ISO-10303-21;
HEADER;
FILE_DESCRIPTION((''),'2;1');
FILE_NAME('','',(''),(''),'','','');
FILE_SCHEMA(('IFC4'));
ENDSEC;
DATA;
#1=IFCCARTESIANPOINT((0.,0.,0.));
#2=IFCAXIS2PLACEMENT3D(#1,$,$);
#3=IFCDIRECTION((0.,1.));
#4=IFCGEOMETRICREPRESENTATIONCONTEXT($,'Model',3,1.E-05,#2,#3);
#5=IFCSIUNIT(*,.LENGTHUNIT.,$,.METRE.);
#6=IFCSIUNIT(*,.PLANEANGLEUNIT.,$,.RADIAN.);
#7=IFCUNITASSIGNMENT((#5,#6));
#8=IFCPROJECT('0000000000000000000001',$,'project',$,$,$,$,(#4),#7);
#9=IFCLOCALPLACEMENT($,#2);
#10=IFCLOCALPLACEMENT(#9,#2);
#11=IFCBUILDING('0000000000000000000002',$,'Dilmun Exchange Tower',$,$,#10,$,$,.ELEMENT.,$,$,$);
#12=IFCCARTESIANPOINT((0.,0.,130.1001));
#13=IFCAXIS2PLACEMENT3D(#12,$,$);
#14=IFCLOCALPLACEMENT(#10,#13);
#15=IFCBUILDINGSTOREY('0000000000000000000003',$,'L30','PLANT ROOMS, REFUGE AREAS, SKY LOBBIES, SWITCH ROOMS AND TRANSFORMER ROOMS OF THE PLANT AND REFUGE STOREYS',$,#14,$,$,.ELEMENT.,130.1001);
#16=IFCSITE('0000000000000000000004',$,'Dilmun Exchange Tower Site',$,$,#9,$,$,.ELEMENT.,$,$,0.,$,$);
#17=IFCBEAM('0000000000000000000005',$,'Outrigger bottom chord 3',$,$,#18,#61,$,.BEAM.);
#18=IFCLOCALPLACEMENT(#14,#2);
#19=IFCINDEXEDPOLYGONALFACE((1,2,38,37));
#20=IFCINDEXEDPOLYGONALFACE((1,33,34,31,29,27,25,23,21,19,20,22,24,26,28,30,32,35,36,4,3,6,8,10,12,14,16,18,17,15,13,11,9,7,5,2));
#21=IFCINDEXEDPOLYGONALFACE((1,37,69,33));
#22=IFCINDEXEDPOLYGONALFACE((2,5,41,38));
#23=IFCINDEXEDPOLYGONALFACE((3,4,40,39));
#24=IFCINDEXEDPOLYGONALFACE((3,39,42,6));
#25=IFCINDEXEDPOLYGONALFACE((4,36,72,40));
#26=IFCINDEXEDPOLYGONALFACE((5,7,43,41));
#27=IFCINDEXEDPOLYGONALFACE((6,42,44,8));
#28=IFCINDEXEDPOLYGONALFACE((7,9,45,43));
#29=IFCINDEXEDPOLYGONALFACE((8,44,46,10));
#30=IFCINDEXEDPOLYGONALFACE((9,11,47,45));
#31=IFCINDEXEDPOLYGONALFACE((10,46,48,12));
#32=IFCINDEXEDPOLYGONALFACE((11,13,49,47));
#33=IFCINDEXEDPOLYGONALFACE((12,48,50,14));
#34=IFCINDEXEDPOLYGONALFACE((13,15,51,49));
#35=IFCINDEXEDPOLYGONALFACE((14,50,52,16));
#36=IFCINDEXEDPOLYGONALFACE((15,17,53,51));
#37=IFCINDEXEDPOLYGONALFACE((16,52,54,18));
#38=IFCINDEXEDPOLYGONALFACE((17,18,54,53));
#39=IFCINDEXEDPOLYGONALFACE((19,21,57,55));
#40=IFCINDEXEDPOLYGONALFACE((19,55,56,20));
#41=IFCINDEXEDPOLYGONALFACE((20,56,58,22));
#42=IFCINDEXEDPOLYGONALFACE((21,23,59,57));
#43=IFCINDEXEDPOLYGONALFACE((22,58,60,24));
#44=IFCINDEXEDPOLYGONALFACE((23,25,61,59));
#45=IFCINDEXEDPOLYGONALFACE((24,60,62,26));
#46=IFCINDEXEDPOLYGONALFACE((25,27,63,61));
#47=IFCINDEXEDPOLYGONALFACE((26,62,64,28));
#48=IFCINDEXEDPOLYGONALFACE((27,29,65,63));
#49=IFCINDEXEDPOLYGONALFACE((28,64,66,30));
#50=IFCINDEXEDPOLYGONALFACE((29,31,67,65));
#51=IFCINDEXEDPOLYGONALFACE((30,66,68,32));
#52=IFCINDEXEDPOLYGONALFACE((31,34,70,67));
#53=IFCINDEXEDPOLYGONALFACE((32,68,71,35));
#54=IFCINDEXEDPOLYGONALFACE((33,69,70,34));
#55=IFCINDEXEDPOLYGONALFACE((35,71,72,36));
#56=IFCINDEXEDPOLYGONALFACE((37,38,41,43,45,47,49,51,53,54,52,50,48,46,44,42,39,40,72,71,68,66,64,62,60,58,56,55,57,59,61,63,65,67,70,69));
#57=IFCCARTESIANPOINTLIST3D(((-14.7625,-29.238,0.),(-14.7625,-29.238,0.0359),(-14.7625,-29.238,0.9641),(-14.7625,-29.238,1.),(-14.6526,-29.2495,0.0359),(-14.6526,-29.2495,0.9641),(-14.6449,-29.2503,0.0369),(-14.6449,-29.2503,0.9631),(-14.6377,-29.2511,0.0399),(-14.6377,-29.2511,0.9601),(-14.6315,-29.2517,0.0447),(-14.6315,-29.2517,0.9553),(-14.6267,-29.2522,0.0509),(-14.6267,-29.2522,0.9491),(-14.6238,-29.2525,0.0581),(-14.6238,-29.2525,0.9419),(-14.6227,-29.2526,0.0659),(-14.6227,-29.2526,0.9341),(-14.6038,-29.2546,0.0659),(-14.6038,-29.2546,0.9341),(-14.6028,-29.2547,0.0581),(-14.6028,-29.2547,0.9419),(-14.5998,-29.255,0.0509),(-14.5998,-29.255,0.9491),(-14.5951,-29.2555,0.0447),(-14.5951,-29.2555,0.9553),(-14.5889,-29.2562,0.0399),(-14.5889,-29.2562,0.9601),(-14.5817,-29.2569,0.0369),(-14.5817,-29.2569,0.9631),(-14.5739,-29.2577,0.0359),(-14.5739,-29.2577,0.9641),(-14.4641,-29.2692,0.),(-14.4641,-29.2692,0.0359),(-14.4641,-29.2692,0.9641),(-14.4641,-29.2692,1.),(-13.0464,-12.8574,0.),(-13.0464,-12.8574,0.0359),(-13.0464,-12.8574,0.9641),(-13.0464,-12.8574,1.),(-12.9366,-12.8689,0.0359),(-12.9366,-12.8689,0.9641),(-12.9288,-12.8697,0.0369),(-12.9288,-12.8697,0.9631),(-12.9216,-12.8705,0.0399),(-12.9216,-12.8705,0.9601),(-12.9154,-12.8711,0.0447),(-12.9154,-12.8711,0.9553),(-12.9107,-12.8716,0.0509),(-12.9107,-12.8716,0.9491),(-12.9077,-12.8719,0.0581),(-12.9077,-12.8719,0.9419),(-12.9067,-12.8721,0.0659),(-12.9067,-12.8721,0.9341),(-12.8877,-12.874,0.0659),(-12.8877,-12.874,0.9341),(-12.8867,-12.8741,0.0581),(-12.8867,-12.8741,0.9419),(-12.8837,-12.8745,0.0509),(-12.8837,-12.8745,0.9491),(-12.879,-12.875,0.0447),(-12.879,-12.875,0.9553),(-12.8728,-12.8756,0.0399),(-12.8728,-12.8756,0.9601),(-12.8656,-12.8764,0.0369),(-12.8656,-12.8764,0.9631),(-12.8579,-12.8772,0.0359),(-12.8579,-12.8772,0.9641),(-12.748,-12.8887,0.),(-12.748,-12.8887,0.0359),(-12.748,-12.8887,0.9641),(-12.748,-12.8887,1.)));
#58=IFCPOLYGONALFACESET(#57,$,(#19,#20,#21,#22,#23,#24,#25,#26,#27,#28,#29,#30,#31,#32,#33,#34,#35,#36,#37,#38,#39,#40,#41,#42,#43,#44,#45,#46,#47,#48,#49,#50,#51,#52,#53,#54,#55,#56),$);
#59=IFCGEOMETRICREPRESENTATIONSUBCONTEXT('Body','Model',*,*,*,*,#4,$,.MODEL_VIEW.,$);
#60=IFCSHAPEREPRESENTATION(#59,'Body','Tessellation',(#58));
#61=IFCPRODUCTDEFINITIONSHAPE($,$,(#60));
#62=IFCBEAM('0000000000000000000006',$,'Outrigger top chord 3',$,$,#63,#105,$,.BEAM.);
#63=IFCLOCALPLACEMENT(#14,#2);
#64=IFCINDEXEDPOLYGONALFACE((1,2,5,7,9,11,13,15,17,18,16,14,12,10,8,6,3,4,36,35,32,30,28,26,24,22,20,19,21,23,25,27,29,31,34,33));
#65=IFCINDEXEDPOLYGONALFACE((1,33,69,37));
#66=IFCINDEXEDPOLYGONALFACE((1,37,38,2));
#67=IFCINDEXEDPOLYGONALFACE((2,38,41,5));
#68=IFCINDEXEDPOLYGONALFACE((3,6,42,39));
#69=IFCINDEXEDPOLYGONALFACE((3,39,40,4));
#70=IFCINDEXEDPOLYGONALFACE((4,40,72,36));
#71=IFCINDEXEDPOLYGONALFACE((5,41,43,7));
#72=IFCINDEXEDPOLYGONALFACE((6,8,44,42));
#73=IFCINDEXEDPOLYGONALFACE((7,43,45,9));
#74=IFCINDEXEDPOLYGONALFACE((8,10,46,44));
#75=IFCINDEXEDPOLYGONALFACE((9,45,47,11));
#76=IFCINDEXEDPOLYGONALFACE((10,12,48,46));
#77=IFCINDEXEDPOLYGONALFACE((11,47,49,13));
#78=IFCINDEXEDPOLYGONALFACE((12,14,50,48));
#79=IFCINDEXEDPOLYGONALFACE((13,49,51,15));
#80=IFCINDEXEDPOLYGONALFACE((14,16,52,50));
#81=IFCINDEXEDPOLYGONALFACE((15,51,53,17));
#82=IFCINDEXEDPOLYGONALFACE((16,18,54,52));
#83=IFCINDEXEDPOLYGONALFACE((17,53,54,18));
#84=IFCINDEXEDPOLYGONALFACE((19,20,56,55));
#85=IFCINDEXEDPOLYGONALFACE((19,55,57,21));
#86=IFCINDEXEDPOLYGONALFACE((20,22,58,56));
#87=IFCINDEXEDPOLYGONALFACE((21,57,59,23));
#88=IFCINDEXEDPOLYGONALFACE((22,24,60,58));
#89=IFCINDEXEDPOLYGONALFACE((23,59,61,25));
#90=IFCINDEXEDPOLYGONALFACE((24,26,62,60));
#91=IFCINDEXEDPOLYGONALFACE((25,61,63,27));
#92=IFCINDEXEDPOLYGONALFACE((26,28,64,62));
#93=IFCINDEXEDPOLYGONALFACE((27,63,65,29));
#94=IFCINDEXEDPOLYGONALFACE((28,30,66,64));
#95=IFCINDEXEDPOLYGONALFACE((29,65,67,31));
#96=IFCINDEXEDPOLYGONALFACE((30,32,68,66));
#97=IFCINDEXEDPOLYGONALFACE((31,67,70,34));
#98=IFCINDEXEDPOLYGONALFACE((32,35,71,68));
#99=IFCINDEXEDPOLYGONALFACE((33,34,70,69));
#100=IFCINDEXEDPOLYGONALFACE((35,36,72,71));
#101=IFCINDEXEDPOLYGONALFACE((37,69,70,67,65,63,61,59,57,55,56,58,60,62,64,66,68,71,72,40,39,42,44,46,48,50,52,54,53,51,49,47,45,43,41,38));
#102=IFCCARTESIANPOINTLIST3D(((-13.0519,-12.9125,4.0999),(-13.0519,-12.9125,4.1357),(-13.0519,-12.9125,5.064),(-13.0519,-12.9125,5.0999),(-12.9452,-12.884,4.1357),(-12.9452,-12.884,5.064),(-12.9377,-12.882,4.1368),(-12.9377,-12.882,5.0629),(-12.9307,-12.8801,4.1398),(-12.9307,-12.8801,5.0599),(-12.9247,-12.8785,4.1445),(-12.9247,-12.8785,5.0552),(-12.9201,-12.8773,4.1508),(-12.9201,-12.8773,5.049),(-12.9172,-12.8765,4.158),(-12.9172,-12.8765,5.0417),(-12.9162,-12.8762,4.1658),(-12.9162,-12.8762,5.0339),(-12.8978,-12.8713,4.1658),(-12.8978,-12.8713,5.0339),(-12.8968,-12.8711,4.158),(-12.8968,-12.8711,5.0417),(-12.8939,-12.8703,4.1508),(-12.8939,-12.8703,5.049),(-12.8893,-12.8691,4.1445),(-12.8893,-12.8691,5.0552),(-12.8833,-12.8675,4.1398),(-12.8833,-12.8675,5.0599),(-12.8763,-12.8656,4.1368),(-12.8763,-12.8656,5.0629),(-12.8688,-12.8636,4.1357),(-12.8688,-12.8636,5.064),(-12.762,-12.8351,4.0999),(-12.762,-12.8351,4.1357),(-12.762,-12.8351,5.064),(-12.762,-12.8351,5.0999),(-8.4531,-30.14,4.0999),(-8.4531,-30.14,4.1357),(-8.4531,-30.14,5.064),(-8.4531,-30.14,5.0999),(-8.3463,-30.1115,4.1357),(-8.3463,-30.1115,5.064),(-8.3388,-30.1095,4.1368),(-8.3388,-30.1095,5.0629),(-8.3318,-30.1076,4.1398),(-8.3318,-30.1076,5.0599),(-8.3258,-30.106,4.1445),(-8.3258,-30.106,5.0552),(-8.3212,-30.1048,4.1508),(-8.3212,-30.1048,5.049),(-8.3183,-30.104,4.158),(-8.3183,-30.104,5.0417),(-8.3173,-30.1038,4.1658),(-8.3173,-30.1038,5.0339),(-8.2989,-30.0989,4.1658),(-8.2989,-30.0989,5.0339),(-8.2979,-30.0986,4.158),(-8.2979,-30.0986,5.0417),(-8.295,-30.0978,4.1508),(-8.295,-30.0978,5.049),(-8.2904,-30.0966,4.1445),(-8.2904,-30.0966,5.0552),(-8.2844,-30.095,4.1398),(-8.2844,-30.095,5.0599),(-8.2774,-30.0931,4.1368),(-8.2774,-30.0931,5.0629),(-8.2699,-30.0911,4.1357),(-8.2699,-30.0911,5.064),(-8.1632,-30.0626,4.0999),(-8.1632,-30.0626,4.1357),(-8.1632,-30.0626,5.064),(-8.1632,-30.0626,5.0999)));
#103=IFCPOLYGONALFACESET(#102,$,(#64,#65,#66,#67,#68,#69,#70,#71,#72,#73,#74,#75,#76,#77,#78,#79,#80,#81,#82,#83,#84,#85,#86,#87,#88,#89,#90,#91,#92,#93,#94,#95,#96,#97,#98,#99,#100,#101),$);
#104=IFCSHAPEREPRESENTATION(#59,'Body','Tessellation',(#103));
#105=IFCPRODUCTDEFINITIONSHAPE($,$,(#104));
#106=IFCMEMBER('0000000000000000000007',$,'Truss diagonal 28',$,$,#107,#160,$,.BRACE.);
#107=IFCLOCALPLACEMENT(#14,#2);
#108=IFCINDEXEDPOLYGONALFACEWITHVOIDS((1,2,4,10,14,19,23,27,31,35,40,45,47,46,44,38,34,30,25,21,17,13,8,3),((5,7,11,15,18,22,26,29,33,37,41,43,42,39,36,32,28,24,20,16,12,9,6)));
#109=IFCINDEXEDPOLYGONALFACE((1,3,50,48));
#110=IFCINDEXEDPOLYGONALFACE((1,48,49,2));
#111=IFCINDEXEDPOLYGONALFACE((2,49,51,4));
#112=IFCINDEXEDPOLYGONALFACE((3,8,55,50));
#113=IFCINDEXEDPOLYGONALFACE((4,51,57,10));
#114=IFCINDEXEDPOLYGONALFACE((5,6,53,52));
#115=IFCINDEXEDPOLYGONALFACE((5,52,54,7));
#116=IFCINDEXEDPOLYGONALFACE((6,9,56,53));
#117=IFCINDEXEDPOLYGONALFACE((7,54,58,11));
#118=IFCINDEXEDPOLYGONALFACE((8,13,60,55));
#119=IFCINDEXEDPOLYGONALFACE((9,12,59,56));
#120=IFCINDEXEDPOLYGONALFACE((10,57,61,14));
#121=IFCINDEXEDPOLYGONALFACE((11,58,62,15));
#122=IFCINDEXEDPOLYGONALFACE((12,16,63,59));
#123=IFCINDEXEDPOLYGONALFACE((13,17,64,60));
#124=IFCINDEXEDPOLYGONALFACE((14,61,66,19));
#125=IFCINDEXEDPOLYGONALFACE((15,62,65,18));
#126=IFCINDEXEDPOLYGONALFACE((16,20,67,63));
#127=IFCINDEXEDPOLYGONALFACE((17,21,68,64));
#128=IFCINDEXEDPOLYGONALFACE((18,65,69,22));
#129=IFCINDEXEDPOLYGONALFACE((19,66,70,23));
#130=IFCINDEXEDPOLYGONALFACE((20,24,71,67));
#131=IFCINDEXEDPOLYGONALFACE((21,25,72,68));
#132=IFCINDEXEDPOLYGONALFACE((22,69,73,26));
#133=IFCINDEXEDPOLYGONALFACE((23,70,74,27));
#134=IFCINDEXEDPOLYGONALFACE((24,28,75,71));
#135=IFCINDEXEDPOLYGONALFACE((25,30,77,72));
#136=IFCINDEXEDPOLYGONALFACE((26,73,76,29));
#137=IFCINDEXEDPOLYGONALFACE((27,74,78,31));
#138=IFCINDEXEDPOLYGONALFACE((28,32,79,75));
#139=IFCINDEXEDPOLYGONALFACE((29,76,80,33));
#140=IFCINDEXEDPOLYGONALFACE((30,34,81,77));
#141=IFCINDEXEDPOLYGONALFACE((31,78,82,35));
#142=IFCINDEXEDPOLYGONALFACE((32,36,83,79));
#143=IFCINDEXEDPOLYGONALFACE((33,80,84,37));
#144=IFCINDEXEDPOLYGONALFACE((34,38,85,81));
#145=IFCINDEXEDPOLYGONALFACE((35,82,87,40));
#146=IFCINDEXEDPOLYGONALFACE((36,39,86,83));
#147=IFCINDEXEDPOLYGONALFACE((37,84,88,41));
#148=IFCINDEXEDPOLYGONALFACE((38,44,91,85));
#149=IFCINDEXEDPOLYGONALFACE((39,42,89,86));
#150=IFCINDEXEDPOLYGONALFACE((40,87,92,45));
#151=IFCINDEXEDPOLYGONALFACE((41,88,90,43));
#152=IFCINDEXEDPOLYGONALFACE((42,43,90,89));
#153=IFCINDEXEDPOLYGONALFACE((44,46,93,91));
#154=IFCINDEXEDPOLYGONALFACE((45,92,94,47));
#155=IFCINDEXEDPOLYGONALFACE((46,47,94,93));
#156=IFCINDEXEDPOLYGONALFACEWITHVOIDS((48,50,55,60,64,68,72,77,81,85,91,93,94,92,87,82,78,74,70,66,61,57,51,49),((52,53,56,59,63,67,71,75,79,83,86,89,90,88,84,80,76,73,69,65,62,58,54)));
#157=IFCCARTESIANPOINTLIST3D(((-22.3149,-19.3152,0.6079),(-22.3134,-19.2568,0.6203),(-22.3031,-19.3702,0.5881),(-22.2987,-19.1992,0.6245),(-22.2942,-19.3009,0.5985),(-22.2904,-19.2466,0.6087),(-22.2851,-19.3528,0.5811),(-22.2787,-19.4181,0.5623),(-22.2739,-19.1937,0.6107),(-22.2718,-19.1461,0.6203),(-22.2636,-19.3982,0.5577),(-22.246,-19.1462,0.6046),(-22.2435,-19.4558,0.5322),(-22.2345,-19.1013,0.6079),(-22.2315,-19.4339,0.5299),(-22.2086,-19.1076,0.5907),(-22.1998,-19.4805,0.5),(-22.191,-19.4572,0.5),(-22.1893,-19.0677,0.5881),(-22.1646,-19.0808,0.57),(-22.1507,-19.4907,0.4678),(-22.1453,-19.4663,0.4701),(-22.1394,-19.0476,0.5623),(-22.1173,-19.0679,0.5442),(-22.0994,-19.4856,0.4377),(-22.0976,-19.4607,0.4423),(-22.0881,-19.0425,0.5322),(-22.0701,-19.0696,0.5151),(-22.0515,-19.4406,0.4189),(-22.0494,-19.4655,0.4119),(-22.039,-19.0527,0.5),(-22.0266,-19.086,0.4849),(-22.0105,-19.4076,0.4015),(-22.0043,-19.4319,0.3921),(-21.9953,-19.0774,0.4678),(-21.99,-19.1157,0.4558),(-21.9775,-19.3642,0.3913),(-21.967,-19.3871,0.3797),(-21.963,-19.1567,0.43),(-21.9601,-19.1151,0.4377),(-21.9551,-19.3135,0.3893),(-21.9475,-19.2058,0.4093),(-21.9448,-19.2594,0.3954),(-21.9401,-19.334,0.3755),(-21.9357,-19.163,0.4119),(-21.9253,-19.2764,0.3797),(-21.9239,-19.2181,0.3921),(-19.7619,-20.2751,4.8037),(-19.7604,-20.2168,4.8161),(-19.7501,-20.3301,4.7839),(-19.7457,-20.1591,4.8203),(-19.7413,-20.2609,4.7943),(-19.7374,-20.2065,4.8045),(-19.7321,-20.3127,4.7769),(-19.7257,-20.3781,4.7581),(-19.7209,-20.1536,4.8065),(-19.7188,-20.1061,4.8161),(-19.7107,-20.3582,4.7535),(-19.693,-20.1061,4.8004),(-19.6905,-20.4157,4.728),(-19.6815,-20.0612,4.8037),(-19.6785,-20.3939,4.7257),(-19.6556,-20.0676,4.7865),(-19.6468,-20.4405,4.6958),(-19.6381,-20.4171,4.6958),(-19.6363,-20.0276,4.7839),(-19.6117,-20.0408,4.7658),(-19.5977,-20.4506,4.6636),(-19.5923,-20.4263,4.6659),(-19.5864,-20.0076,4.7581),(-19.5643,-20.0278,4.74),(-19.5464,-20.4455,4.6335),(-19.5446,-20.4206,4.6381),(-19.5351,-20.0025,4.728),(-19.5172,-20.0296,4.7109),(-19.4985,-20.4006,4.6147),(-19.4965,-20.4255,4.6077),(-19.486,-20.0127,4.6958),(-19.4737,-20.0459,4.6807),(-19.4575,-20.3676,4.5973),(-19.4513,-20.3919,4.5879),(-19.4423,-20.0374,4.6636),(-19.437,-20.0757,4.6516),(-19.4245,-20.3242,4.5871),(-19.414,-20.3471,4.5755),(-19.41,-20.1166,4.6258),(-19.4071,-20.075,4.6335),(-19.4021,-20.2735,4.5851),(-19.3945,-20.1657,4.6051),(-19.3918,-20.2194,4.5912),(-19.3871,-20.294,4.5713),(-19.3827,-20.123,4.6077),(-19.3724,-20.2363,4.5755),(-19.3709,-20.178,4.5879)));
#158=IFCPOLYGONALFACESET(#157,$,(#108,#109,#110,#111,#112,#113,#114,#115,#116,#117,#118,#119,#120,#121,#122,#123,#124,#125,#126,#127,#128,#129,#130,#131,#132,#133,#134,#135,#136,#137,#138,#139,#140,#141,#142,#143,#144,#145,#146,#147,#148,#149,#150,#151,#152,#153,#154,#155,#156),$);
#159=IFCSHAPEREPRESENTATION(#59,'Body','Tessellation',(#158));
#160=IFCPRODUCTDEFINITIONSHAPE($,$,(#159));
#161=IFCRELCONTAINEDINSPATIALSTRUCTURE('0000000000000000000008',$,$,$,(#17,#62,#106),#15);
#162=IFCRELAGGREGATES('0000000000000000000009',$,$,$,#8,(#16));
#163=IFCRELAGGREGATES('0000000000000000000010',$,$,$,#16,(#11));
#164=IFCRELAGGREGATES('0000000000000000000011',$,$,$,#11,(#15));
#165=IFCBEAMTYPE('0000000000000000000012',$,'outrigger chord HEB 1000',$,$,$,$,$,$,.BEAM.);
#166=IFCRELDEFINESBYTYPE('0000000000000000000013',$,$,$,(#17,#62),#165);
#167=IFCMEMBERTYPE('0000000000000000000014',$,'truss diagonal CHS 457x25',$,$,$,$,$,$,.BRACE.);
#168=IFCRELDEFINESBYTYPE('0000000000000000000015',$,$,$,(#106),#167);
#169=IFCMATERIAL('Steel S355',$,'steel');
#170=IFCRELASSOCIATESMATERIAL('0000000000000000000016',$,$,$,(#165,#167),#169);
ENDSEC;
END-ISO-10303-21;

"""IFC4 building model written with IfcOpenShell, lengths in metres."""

from ifc_helpers import new_model, si_unit, direction, frame, origin, origin_2d, place, context, subcontext, project, spatial, hollow_circle, i_section, extrude, material, material_profile, profile_set, type_object, element, save


model = new_model("IFC4")

# Units and contexts
model_context = context("Model", 3, precision=1e-05, world=origin(), true_north=direction((0.0, 1.0)))
body_context = subcontext(model_context, "Body", "Model", "MODEL_VIEW")
ifc_project = project(units=[si_unit("LENGTHUNIT", "METRE"), si_unit("PLANEANGLEUNIT", "RADIAN")], contexts=[model_context])

# Site, building, storey
site_placement = place(None, origin())
site = spatial("IfcSite", under=ifc_project, at=site_placement, Name="Dilmun Exchange Tower Site", CompositionType="ELEMENT", RefElevation=0.0)
building_placement = place(site_placement, origin())
building = spatial("IfcBuilding", under=site, at=building_placement, Name="Dilmun Exchange Tower", CompositionType="ELEMENT")
storey_placement = place(building_placement, frame((0.0, 0.0, 130.1001)))
storey = spatial("IfcBuildingStorey", under=building, at=storey_placement, Name="L30", Description="PLANT ROOMS, REFUGE AREAS, SKY LOBBIES, SWITCH ROOMS AND TRANSFORMER ROOMS OF THE PLANT AND REFUGE STOREYS", CompositionType="ELEMENT", Elevation=130.1001)

# Beams
ifc_material_1 = material(Name="Steel S355", Category="steel")
ifc_material_profile_1 = material_profile(ifc_material_1, i_section(OverallWidth=0.3, OverallDepth=1.0, WebThickness=0.019, FlangeThickness=0.0359, FilletRadius=0.03, at=origin_2d()), Name="HEB 1000")
ifc_profile_set_1 = profile_set([ifc_material_profile_1], Name="Steel S355")
beam_type = type_object("IfcBeamType", Name="outrigger chord HEB 1000", PredefinedType="BEAM", material=ifc_profile_set_1)
beam_1_placement = place(storey_placement, frame((-12.8972, -12.873, 0.5), z_axis=(-0.104192, -0.994557, 0.0), x_axis=(0.994557, -0.104192, 0.0)))
element("IfcBeam", 1, at=beam_1_placement, inside=storey, type_object=beam_type, Name="Outrigger bottom chord 3", PredefinedType="BEAM", context=body_context, shape_type="SweptSolid", body=[
    extrude(i_section(OverallWidth=0.3, OverallDepth=1.0, WebThickness=0.019, FlangeThickness=0.0359, FilletRadius=0.03, at=origin_2d()), origin(), (0.0, 0.0, 1.0), 16.4702),
])
beam_2_placement = place(storey_placement, frame((-12.907, -12.8738, 4.5999), z_axis=(0.257917, -0.966167, 0.0), x_axis=(0.966167, 0.257917, 0.0)))
element("IfcBeam", 2, at=beam_2_placement, inside=storey, type_object=beam_type, Name="Outrigger top chord 3", PredefinedType="BEAM", context=body_context, shape_type="SweptSolid", body=[
    extrude(i_section(OverallWidth=0.3, OverallDepth=1.0, WebThickness=0.019, FlangeThickness=0.0359, FilletRadius=0.03, at=origin_2d()), origin(), (0.0, 0.0, 1.0), 17.8308),
])

# Member
ifc_material_profile_2 = material_profile(ifc_material_1, hollow_circle(Radius=0.2285, WallThickness=0.0249, at=origin_2d()), Name="CHS 457x25")
ifc_profile_set_2 = profile_set([ifc_material_profile_2], Name="Steel S355")
member_type = type_object("IfcMemberType", Name="truss diagonal CHS 457x25", PredefinedType="BRACE", material=ifc_profile_set_2)
member_1_placement = place(storey_placement, frame((-19.5664, -20.2266, 4.6958), z_axis=(-0.510147, 0.191824, -0.838423), x_axis=(-0.351957, -0.936016, 0.0)))
element("IfcMember", 3, at=member_1_placement, inside=storey, type_object=member_type, Name="Truss diagonal 28", PredefinedType="BRACE", context=body_context, shape_type="SweptSolid", body=[
    extrude(hollow_circle(Radius=0.2285, WallThickness=0.0249, at=origin_2d()), origin(), (0.0, 0.0, 1.0), 5.0044),
])

save(model, "model.ifc")
